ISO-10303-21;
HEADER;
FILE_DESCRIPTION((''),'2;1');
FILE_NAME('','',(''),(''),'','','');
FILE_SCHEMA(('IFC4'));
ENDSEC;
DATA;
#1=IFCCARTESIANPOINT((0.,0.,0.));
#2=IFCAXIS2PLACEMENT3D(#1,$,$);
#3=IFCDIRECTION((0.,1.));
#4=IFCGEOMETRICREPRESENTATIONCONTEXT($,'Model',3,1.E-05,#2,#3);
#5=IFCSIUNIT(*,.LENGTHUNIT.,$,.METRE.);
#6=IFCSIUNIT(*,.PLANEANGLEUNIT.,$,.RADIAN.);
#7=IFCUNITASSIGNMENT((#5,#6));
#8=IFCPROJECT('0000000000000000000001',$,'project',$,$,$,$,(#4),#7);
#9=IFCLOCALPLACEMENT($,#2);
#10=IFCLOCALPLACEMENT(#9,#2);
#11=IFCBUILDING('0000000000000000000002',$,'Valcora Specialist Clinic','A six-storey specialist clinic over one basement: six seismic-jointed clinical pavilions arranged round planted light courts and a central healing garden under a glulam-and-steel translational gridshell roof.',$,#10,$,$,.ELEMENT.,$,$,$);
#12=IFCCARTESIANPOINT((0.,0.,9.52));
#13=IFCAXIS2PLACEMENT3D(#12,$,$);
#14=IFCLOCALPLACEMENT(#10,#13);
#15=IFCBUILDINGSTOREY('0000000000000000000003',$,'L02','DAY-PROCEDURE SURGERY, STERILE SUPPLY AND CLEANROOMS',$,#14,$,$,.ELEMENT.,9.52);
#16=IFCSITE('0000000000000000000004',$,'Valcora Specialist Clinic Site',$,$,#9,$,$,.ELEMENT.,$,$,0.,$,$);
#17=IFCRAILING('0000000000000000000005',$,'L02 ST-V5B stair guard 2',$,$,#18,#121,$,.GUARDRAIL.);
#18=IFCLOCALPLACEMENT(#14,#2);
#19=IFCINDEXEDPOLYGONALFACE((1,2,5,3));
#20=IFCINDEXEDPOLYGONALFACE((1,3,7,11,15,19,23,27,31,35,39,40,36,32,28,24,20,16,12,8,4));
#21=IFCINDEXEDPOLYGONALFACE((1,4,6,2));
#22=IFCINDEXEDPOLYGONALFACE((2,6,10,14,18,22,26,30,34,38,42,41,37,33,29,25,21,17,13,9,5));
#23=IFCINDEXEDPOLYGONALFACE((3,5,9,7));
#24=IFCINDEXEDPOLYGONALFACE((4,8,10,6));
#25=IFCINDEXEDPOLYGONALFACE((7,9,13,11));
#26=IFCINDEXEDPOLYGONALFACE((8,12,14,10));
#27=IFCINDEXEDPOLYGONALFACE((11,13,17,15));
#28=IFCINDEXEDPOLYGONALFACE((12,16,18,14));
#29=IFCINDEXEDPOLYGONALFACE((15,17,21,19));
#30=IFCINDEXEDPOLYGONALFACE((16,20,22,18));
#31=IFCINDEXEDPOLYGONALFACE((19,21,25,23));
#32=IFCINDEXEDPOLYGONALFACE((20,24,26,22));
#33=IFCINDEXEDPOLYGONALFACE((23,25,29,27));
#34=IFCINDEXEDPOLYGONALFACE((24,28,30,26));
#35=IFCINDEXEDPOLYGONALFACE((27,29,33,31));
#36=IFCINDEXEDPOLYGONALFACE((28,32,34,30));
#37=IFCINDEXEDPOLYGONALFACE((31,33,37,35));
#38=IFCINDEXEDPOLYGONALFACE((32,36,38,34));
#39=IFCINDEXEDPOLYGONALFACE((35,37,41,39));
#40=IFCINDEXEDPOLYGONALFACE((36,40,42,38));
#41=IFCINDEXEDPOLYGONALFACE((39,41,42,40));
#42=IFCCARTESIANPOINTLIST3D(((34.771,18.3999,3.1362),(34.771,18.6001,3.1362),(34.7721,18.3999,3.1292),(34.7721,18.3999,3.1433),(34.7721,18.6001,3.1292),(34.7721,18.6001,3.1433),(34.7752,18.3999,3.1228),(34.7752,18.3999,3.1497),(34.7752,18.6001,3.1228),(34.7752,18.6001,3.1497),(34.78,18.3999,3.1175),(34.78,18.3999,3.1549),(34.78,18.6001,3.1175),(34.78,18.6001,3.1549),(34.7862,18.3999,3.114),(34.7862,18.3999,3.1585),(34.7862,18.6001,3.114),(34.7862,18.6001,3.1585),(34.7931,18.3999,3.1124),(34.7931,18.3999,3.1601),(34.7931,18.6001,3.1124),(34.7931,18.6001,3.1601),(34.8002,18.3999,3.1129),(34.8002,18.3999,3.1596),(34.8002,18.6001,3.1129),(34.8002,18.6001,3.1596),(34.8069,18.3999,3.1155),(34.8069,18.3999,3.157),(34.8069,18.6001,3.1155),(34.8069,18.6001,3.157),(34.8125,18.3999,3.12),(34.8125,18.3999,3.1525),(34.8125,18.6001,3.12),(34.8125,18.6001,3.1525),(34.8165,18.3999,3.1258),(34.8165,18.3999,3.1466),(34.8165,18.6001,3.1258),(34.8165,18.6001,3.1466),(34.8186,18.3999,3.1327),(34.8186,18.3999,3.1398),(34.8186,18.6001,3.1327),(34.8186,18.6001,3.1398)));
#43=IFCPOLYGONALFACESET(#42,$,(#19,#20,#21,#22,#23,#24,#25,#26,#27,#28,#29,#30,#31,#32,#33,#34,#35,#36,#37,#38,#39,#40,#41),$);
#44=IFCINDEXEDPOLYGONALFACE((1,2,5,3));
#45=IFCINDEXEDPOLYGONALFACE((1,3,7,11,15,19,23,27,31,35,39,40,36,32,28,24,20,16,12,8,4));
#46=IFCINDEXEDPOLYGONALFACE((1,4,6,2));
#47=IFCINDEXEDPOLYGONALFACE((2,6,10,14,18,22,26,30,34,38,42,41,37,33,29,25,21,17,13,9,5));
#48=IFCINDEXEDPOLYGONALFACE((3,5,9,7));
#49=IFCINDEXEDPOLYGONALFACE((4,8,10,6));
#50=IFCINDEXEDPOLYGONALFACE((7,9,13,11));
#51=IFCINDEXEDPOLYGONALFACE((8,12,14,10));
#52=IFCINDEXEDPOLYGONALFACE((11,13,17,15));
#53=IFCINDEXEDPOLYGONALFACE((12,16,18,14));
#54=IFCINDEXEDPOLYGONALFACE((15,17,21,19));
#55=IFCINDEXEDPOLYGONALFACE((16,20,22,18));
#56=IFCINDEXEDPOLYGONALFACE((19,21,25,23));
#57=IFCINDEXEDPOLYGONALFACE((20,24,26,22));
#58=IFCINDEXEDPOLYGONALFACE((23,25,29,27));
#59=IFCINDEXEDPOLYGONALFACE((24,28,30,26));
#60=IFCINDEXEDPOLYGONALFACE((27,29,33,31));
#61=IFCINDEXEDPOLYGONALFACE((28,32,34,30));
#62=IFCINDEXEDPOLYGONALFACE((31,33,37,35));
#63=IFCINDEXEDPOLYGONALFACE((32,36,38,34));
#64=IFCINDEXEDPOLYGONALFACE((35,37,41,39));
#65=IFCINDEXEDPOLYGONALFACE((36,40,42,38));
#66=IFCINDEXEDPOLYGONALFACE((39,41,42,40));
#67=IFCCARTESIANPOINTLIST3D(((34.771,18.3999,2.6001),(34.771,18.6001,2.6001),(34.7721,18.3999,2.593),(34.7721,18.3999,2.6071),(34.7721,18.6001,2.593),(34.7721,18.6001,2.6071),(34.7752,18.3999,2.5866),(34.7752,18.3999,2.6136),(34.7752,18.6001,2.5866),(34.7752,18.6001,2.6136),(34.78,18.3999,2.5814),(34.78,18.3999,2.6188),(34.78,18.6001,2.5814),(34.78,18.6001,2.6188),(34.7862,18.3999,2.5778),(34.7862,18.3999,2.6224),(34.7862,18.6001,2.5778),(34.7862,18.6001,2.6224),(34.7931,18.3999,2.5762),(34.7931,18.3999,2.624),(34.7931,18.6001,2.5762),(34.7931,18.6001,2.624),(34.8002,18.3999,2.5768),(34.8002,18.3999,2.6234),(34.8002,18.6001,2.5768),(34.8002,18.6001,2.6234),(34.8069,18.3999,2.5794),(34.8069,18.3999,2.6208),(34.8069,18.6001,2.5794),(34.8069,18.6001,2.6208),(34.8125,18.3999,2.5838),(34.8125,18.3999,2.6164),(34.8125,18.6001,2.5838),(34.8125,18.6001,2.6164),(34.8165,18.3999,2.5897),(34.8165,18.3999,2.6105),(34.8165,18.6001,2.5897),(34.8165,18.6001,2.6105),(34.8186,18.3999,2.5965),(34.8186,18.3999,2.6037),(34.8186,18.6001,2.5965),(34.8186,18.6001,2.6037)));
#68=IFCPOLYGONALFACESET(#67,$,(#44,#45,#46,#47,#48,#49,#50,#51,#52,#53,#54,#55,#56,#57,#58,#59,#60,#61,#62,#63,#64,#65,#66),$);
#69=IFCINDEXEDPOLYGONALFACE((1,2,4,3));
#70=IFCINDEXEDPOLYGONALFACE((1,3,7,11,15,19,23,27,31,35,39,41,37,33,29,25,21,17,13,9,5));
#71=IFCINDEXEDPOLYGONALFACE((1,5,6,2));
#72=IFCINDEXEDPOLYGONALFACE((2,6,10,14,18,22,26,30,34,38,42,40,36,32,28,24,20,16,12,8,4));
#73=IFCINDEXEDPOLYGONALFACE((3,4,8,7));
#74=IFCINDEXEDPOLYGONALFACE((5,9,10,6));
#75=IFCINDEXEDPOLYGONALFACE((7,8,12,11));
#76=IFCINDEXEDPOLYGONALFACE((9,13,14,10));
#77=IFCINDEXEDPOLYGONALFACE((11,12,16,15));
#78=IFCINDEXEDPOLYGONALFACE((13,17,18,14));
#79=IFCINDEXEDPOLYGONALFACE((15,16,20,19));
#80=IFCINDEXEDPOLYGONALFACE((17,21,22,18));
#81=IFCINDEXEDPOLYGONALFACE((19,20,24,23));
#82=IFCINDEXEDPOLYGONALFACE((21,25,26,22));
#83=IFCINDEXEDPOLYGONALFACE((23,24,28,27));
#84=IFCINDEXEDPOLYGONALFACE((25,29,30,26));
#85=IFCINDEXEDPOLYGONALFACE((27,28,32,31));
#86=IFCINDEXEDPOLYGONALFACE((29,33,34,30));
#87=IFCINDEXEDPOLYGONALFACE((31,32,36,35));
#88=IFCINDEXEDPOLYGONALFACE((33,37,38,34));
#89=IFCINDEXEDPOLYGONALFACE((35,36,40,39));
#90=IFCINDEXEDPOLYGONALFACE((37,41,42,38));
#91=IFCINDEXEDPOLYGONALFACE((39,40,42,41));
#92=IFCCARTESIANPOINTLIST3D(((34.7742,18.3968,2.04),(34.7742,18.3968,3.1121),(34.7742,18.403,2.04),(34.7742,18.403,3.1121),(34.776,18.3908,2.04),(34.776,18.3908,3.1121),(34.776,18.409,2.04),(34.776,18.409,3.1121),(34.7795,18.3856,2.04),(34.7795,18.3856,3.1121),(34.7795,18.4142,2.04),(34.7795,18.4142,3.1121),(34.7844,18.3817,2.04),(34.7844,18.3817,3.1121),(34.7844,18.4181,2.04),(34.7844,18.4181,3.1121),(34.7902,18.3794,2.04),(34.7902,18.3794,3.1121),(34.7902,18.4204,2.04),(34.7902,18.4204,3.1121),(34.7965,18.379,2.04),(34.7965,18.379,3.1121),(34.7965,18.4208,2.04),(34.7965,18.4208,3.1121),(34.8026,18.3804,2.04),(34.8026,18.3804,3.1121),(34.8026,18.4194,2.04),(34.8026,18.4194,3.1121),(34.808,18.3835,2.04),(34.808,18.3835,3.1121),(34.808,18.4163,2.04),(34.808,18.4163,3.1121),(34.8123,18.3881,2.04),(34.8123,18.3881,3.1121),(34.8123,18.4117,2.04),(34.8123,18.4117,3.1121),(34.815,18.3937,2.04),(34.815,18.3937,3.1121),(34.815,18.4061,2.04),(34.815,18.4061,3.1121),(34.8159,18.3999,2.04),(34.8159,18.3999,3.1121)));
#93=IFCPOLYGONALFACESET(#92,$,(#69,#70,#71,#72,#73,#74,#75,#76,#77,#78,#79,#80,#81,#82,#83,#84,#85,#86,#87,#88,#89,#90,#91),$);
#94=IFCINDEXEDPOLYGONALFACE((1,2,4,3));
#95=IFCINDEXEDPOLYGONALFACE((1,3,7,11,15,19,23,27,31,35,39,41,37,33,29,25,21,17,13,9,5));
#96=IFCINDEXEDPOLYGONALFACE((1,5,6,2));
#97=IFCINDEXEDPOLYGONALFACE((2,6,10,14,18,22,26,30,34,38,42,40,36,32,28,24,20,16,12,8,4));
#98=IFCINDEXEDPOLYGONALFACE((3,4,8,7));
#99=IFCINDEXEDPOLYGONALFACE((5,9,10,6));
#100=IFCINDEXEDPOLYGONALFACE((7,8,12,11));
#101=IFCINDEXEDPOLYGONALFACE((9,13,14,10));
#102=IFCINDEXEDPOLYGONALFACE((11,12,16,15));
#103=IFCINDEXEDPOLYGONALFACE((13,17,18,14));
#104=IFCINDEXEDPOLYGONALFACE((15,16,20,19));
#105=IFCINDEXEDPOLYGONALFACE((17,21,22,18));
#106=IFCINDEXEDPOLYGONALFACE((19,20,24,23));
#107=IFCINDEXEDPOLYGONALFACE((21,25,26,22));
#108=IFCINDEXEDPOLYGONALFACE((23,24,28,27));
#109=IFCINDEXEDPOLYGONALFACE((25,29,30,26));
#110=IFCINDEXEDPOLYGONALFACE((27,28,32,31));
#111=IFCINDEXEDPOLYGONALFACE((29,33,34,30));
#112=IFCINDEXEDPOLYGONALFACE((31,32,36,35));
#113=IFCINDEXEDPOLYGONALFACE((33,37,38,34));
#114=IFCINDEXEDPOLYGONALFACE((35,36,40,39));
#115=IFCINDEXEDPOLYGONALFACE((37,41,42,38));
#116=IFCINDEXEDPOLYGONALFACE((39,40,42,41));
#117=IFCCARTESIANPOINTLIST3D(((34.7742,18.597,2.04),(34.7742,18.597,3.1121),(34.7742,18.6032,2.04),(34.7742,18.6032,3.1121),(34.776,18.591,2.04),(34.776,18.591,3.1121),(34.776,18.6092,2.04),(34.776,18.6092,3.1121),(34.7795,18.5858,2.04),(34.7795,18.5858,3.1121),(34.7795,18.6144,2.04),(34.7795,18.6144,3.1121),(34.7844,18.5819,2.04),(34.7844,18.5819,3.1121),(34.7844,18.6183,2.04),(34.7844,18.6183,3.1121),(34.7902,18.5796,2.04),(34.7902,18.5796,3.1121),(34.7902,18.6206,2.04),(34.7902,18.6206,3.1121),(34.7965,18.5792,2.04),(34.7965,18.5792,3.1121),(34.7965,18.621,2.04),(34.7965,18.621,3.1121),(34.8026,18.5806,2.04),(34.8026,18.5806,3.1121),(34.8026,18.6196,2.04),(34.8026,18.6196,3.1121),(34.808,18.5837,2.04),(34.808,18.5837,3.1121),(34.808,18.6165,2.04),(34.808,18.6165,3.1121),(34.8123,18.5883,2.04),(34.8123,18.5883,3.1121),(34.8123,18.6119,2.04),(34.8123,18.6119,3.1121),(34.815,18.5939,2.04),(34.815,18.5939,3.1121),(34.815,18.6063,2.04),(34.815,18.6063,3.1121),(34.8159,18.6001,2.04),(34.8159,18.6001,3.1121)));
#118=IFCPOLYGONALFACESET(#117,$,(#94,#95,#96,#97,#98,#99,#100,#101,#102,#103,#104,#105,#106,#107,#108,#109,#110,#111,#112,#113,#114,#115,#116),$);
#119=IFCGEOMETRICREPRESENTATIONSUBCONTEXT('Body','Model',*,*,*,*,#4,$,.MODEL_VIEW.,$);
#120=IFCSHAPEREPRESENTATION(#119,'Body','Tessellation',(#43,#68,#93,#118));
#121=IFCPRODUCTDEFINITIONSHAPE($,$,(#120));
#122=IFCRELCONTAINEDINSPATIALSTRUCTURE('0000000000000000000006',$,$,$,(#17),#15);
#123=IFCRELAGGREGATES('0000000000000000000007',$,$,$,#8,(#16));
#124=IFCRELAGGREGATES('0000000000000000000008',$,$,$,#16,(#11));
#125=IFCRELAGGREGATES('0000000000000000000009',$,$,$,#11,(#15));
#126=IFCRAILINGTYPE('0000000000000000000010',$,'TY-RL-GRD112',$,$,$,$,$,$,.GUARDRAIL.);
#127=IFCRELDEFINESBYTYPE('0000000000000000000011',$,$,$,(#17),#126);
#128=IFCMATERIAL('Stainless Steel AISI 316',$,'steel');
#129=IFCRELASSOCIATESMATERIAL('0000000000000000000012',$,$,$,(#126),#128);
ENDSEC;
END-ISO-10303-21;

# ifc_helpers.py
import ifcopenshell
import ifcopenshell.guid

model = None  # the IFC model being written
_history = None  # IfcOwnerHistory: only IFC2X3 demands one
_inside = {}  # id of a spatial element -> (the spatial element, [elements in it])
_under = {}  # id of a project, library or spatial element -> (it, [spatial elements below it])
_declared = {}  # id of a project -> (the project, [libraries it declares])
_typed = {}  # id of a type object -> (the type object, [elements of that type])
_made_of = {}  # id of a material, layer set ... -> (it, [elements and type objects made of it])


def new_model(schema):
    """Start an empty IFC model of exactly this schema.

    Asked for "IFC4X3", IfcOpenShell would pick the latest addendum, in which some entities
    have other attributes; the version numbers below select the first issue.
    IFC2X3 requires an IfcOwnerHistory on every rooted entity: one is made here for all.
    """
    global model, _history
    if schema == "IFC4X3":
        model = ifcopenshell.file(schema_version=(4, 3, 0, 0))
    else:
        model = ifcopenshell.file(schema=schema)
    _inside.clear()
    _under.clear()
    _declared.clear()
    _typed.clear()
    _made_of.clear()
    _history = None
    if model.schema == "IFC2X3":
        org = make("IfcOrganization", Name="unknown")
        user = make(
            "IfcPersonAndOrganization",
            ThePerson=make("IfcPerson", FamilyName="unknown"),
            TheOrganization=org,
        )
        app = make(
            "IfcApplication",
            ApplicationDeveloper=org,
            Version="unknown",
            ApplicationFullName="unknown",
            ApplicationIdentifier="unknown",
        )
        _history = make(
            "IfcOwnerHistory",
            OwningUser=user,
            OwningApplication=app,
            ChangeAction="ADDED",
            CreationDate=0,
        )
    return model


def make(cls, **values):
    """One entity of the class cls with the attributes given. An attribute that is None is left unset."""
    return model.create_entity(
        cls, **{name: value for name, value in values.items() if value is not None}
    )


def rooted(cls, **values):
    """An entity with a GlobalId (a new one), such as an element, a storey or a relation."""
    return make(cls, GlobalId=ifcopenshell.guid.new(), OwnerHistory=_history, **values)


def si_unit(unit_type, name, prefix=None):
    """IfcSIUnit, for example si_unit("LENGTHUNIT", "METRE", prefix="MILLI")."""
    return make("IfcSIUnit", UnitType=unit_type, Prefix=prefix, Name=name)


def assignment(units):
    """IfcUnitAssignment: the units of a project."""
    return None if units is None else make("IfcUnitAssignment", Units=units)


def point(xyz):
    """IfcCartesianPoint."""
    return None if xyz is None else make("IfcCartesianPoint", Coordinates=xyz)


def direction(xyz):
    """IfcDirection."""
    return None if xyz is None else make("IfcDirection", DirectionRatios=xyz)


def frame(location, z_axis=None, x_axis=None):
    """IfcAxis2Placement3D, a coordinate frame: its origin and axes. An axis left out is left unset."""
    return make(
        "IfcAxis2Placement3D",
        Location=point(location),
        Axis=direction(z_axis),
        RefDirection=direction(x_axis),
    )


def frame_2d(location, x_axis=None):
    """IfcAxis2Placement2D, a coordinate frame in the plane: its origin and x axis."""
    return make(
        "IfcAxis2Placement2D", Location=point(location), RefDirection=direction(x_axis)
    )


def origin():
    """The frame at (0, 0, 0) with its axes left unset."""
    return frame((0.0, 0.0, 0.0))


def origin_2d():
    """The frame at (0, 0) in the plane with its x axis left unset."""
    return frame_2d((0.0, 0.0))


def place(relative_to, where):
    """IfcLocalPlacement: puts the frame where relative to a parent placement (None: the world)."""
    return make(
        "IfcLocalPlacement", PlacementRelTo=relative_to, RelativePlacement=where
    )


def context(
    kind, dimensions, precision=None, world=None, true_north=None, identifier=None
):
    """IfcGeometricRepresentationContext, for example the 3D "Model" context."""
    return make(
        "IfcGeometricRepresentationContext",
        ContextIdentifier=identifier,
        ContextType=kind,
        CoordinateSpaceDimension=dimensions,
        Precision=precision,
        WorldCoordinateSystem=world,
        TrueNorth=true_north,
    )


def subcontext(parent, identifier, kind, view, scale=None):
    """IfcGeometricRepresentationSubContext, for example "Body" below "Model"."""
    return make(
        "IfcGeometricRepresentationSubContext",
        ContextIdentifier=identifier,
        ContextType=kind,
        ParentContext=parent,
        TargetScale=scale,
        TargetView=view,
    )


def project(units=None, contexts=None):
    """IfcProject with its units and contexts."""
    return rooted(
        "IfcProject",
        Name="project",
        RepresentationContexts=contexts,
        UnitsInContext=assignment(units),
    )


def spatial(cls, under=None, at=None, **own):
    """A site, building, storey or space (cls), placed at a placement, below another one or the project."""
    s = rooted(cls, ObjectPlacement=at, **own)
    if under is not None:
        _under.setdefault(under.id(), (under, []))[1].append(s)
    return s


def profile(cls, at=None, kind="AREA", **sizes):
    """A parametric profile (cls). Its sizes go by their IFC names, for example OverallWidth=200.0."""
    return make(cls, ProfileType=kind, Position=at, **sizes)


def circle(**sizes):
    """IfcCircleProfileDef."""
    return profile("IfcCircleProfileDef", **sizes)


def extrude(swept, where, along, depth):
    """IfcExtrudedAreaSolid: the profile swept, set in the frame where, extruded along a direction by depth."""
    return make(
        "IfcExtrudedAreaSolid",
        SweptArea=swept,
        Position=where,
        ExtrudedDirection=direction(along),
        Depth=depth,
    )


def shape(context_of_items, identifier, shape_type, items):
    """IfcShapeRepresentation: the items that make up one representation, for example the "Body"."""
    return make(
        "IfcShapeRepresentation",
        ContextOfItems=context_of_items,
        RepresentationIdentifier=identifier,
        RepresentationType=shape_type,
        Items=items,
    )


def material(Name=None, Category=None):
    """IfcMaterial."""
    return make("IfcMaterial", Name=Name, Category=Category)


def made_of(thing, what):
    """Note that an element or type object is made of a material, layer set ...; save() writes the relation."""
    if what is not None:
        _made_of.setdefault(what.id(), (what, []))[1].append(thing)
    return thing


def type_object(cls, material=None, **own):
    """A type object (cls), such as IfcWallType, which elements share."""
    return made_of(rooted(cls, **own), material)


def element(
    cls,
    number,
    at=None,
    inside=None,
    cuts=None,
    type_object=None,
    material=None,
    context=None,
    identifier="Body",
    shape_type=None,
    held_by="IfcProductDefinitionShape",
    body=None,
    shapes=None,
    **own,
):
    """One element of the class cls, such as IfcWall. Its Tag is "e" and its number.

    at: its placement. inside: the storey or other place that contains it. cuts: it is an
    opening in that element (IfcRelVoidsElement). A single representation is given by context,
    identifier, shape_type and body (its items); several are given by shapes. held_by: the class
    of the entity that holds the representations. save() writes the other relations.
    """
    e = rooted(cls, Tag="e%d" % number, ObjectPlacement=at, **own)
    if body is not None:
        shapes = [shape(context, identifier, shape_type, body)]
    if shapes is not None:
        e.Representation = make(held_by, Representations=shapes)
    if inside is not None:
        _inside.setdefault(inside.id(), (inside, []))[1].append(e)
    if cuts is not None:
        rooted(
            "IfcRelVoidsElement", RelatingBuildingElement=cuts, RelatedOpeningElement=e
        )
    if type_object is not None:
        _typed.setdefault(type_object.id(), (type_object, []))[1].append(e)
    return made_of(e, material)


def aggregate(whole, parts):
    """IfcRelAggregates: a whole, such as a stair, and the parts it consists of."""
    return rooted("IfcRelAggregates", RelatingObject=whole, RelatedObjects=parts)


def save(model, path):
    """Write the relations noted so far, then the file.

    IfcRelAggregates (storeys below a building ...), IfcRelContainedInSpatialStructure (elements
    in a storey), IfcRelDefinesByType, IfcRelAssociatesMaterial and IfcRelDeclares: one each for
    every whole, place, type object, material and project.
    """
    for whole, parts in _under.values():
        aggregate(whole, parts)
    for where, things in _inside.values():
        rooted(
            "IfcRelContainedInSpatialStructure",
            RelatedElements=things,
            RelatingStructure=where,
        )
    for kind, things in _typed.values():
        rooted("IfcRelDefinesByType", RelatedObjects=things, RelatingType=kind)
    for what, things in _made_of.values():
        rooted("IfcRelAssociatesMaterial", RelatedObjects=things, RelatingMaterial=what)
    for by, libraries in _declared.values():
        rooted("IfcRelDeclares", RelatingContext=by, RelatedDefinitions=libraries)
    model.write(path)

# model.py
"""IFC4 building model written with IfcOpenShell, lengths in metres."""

from ifc_helpers import new_model, si_unit, direction, frame, origin, origin_2d, place, context, subcontext, project, spatial, circle, extrude, material, type_object, element, save


model = new_model("IFC4")

# Units and contexts
model_context = context("Model", 3, precision=1e-05, world=origin(), true_north=direction((0.0, 1.0)))
body_context = subcontext(model_context, "Body", "Model", "MODEL_VIEW")
ifc_project = project(units=[si_unit("LENGTHUNIT", "METRE"), si_unit("PLANEANGLEUNIT", "RADIAN")], contexts=[model_context])

# Site, building, storey
site_placement = place(None, origin())
site = spatial("IfcSite", under=ifc_project, at=site_placement, Name="Valcora Specialist Clinic Site", CompositionType="ELEMENT", RefElevation=0.0)
building_placement = place(site_placement, origin())
building = spatial("IfcBuilding", under=site, at=building_placement, Name="Valcora Specialist Clinic", Description="A six-storey specialist clinic over one basement: six seismic-jointed clinical pavilions arranged round planted light courts and a central healing garden under a glulam-and-steel translational gridshell roof.", CompositionType="ELEMENT")
storey_placement = place(building_placement, frame((0.0, 0.0, 9.52)))
storey = spatial("IfcBuildingStorey", under=building, at=storey_placement, Name="L02", Description="DAY-PROCEDURE SURGERY, STERILE SUPPLY AND CLEANROOMS", CompositionType="ELEMENT", Elevation=9.52)

# Shared definitions
ifc_material_1 = material(Name="Stainless Steel AISI 316", Category="steel")

# Railing
railing_type_1 = type_object("IfcRailingType", Name="TY-RL-GRD112", PredefinedType="GUARDRAIL", material=ifc_material_1)
railing_1_placement = place(storey_placement, frame((34.7949, 18.3999, 2.04)))
element("IfcRailing", 1, at=railing_1_placement, inside=storey, type_object=railing_type_1, Name="L02 ST-V5B stair guard 2", PredefinedType="GUARDRAIL", context=body_context, shape_type="SweptSolid", body=[
    extrude(circle(Radius=0.0239, at=origin_2d()), frame((0.0, 0.0, 1.0962), z_axis=(0.0, 1.0, 0.0), x_axis=(-1.0, 0.0, 0.0)), (0.0, 0.0, 1.0), 0.2002),
    extrude(circle(Radius=0.0239, at=origin_2d()), frame((0.0, 0.0, 0.5601), z_axis=(0.0, 1.0, 0.0), x_axis=(-1.0, 0.0, 0.0)), (0.0, 0.0, 1.0), 0.2002),
    extrude(circle(Radius=0.021, at=origin_2d()), origin(), (0.0, 0.0, 1.0), 1.072),
    extrude(circle(Radius=0.021, at=origin_2d()), frame((0.0, 0.2002, 0.0)), (0.0, 0.0, 1.0), 1.072),
])

save(model, "model.ifc")
